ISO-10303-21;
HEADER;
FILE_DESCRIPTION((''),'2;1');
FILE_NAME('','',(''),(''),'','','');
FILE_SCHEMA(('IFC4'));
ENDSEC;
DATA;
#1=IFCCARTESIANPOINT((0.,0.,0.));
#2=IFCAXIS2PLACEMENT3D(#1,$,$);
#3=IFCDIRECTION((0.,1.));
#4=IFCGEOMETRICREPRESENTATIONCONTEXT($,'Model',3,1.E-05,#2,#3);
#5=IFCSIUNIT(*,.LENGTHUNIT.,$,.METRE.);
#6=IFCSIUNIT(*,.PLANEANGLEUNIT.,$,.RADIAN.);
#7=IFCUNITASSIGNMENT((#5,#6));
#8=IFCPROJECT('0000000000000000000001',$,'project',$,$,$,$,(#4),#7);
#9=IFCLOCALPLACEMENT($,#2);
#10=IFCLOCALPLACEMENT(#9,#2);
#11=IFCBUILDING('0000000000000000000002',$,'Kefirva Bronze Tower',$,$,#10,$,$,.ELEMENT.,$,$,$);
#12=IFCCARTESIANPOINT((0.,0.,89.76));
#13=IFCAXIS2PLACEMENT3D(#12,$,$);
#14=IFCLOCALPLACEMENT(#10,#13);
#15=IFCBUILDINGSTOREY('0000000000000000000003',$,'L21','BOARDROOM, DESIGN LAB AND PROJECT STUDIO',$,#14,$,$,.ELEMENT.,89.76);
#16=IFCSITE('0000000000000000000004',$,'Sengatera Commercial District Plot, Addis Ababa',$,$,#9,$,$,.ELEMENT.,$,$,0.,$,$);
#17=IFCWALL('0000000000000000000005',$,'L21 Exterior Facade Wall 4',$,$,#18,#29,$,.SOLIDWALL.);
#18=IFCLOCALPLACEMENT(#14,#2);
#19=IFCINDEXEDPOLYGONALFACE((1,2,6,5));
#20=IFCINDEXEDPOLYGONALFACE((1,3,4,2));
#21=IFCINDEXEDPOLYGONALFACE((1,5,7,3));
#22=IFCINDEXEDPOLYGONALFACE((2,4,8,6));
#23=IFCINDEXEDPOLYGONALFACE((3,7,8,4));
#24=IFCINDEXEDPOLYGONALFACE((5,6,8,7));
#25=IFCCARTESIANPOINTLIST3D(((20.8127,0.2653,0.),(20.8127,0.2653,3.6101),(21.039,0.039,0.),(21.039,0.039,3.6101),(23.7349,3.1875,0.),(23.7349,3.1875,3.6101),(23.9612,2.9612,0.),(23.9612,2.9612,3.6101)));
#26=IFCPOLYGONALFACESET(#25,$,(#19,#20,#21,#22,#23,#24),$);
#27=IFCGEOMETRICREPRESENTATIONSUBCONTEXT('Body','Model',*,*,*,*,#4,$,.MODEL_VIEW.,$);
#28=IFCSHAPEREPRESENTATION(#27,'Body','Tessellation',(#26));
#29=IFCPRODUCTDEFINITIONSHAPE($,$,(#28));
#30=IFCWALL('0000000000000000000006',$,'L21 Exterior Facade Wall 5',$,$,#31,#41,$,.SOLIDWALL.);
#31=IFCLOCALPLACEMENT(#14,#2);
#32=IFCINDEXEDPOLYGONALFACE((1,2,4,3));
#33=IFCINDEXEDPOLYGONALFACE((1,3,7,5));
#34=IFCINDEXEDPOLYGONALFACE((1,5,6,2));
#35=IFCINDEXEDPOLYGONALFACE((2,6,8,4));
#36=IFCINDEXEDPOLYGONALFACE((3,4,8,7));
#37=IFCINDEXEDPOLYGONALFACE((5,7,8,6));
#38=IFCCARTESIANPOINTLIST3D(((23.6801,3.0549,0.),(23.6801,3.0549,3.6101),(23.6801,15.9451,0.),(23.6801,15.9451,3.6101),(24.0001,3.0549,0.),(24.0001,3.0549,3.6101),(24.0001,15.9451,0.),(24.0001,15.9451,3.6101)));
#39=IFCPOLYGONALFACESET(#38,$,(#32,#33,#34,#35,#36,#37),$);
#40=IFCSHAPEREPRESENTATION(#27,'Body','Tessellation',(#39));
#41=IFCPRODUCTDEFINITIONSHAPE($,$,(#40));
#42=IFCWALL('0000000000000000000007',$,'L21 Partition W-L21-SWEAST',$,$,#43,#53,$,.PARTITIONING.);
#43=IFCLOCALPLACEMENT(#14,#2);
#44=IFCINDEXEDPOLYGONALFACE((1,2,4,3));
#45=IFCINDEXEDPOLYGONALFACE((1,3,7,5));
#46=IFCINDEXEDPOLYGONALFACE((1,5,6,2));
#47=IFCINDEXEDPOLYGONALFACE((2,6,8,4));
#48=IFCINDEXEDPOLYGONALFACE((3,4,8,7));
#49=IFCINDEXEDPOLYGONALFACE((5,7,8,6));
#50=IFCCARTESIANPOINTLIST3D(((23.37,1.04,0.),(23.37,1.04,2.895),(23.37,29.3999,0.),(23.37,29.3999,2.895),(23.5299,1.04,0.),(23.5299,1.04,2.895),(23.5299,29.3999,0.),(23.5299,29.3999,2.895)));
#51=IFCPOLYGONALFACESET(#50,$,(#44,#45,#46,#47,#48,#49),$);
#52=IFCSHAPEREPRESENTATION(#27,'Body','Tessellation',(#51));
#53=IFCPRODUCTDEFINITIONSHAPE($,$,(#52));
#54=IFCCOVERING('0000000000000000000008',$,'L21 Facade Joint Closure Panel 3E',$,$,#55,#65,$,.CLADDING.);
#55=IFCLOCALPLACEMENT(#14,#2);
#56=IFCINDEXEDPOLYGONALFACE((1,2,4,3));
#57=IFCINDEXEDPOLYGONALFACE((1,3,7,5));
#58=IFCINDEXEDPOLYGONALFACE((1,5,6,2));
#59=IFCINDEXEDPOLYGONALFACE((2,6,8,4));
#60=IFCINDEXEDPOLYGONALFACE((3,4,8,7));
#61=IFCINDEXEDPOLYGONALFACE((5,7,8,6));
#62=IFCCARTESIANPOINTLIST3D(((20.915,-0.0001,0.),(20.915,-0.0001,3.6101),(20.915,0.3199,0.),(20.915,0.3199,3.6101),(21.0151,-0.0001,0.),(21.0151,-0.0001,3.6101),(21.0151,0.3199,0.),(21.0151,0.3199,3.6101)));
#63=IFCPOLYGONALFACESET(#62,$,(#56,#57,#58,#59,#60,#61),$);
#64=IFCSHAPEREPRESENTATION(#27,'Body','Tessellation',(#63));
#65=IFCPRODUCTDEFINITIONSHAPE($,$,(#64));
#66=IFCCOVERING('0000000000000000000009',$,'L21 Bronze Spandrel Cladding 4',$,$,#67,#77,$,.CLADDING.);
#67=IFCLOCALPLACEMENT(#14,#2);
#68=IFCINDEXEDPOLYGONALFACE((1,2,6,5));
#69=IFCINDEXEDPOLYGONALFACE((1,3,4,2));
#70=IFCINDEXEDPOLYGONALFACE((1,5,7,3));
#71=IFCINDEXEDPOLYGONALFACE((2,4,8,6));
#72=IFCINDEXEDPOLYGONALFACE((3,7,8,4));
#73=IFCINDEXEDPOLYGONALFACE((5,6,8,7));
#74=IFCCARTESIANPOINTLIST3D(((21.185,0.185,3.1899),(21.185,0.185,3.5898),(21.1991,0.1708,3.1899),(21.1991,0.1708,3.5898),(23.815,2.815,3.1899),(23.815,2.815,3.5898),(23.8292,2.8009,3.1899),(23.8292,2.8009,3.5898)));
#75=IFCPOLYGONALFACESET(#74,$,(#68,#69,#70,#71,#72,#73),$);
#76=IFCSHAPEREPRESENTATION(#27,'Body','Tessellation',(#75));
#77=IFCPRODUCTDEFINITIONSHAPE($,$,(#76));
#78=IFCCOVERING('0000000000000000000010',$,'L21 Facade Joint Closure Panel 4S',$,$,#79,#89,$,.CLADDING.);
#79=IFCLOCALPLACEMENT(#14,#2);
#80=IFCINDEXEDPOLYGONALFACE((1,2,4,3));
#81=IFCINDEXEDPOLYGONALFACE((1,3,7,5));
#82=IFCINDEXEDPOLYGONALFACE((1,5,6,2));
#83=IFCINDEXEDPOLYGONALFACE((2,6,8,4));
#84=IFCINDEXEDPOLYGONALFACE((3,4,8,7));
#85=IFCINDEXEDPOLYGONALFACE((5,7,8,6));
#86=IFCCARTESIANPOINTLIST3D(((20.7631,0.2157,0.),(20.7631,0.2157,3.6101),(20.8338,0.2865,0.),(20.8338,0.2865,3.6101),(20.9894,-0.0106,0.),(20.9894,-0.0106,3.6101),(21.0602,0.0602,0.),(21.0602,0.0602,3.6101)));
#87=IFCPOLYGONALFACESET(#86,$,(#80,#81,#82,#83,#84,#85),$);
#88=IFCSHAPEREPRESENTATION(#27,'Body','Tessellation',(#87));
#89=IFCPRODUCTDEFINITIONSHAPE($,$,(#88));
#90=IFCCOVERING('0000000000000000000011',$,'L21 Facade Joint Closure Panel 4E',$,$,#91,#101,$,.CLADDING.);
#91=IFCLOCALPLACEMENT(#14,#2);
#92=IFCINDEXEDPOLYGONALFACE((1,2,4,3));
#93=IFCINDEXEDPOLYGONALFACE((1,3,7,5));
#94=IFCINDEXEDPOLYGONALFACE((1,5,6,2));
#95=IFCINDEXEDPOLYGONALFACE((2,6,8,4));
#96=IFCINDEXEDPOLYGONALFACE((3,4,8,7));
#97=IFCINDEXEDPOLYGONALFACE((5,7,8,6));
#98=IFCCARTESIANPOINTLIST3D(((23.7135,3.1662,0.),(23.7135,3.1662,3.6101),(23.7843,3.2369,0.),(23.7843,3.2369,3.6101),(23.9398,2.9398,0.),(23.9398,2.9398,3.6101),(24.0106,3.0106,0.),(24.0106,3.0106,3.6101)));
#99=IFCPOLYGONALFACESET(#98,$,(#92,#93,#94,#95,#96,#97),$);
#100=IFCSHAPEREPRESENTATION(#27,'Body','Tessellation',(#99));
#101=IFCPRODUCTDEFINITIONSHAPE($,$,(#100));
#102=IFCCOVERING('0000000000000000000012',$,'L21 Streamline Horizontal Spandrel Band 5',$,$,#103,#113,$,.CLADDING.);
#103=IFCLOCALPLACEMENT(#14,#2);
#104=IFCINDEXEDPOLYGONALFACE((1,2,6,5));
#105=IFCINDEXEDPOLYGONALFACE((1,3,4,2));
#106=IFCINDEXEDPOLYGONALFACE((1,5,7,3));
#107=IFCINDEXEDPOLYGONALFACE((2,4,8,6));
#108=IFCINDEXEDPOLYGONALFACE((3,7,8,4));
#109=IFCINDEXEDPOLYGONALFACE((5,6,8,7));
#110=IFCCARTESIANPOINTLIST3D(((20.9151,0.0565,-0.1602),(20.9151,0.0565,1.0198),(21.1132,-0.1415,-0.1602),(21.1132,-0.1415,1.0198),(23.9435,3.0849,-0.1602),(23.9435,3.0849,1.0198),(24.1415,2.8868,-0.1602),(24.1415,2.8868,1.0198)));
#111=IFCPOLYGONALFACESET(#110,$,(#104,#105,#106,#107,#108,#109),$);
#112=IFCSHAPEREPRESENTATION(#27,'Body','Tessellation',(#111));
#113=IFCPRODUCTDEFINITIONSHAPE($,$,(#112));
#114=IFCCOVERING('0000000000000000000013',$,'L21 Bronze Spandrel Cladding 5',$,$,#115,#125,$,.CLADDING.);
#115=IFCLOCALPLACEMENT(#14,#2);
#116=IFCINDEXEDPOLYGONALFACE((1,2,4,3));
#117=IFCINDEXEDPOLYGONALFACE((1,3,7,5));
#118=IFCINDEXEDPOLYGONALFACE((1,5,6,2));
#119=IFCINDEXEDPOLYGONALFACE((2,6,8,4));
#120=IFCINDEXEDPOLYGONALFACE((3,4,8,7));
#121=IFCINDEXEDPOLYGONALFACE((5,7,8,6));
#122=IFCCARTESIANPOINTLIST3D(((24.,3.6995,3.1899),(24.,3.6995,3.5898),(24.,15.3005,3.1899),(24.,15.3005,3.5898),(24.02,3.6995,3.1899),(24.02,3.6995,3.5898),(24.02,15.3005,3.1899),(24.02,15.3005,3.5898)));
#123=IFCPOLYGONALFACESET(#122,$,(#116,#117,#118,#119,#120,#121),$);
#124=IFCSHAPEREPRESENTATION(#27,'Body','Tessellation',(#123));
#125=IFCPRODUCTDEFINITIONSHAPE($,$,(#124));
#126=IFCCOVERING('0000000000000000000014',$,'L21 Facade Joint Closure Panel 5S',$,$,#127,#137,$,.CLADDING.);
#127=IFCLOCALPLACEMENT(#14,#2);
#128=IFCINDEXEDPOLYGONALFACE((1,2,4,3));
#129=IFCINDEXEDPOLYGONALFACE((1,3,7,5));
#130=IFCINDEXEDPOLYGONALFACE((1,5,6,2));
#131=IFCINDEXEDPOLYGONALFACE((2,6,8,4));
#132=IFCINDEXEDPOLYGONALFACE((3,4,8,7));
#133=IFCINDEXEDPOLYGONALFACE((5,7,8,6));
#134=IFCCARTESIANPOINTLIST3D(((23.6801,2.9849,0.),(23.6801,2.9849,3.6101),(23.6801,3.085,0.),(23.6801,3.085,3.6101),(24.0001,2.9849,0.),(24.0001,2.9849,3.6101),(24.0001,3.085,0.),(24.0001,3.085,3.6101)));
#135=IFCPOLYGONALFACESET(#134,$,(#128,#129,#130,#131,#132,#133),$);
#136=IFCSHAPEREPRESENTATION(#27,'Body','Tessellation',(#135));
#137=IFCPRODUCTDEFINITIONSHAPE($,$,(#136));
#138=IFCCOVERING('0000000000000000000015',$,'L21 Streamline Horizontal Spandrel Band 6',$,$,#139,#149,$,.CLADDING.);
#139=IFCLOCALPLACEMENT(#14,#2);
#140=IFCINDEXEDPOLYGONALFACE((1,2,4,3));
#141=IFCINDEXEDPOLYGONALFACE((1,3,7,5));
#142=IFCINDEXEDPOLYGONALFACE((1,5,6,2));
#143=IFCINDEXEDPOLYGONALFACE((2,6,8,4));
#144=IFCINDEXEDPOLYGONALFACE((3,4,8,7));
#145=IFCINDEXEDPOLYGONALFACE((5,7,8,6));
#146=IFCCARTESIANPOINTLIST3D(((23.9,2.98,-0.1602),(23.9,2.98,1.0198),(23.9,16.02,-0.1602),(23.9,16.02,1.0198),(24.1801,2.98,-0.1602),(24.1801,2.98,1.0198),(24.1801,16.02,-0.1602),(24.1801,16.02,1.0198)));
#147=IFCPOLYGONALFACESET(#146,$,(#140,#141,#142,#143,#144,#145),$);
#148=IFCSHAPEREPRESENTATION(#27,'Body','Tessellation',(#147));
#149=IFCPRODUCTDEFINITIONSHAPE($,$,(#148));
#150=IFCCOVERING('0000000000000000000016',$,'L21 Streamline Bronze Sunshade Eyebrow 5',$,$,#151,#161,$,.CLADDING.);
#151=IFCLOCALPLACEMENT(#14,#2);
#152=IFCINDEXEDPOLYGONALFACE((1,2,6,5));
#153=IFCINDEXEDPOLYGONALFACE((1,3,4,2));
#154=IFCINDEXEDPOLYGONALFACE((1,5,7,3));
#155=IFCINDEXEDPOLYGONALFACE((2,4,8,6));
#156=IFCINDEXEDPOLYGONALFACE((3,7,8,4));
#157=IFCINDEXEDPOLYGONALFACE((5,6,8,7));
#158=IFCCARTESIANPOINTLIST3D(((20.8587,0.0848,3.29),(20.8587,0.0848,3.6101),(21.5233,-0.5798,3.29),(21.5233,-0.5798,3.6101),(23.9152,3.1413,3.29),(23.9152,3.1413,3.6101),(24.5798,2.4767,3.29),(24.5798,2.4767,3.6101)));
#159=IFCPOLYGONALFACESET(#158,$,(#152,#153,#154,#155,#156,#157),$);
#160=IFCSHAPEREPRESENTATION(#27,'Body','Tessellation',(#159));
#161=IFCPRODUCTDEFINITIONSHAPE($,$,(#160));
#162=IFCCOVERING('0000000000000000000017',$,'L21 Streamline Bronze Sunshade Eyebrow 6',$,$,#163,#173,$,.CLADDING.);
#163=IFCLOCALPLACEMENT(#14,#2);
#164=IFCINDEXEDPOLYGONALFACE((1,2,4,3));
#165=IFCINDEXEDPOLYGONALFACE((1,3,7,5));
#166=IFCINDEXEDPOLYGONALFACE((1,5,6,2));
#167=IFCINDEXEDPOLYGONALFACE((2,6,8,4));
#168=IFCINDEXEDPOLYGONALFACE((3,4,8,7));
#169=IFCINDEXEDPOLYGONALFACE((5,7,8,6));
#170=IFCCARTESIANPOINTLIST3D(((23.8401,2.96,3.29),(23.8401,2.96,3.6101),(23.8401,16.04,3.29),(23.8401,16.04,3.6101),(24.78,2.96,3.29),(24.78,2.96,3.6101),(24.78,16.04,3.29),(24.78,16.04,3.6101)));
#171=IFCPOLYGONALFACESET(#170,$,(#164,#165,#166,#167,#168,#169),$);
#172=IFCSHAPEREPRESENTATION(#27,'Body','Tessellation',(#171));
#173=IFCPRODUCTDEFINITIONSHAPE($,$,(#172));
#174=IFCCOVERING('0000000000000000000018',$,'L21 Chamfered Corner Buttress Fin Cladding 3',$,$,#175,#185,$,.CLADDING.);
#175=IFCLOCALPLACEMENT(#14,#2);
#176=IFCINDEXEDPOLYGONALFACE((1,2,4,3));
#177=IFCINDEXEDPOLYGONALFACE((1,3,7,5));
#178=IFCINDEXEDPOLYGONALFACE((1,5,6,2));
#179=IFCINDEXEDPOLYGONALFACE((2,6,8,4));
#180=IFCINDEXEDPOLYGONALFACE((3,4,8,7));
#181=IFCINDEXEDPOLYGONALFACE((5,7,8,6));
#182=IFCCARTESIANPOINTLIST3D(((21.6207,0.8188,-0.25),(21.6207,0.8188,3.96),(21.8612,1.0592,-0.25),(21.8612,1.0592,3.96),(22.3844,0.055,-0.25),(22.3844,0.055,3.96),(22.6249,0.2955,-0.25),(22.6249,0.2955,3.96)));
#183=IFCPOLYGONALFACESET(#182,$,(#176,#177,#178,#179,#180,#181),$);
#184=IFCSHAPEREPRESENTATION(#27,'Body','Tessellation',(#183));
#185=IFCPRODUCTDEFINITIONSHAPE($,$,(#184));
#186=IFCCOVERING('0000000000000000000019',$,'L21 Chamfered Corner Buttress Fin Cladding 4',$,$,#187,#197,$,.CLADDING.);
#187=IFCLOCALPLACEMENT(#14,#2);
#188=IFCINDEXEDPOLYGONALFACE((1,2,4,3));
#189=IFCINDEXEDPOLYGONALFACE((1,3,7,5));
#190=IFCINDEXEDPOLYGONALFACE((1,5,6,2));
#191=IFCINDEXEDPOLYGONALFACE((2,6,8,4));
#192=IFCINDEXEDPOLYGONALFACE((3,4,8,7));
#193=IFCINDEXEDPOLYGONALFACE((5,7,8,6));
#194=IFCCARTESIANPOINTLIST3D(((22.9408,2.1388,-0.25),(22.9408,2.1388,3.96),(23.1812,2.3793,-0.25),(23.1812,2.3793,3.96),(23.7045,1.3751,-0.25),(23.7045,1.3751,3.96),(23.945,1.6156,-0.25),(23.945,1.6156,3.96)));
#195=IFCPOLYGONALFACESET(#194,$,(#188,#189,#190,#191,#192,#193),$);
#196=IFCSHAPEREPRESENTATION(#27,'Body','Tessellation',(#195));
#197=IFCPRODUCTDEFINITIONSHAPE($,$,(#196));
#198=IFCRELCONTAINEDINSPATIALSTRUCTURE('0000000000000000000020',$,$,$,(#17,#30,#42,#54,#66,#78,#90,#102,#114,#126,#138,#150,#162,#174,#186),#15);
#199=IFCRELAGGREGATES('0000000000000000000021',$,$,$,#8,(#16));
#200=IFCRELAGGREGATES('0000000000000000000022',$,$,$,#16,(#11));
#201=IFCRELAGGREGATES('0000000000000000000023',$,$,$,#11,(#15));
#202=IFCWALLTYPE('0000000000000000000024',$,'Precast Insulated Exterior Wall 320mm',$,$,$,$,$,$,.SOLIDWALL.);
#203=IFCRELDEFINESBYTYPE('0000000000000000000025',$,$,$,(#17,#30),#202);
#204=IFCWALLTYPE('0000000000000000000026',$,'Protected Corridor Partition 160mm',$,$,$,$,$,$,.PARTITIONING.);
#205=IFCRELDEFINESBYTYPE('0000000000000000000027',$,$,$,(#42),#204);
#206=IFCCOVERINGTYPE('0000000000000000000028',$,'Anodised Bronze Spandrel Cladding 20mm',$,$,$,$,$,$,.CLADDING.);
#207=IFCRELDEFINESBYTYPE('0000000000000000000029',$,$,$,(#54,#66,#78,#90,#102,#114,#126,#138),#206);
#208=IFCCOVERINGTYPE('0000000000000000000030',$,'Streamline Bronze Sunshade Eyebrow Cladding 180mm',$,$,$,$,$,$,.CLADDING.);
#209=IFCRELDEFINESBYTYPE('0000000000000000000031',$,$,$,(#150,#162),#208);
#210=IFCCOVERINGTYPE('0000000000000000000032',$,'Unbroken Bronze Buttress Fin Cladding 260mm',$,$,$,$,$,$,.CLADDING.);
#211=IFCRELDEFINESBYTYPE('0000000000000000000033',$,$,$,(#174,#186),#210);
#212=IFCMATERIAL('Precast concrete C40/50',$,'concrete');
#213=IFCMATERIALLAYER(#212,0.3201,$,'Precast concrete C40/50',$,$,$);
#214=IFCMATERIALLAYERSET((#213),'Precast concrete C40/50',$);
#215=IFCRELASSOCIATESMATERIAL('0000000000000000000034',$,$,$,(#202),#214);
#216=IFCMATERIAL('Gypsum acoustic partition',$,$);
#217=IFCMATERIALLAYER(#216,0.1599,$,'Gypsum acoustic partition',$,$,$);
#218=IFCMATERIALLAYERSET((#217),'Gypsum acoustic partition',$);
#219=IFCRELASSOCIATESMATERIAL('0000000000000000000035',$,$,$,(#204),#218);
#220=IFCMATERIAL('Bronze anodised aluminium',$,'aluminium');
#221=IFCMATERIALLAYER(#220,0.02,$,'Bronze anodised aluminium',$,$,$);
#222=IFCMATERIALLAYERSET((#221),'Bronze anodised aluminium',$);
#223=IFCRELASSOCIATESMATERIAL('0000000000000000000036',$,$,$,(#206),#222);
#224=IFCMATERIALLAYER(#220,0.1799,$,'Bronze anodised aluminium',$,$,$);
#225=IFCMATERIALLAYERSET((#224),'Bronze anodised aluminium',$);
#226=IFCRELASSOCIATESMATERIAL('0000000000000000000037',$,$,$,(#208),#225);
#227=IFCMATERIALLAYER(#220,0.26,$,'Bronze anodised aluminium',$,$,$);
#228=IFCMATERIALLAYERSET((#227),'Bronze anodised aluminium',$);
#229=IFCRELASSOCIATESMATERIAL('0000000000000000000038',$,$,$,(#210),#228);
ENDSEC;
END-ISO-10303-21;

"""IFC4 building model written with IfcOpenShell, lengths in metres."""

from ifc_helpers import new_model, si_unit, direction, frame, frame_2d, origin, origin_2d, place, context, subcontext, project, spatial, rectangle, extrude, material, layer, layer_set, type_object, element, save


model = new_model("IFC4")

# Units and contexts
model_context = context("Model", 3, precision=1e-05, world=origin(), true_north=direction((0.0, 1.0)))
body_context = subcontext(model_context, "Body", "Model", "MODEL_VIEW")
ifc_project = project(units=[si_unit("LENGTHUNIT", "METRE"), si_unit("PLANEANGLEUNIT", "RADIAN")], contexts=[model_context])

# Site, building, storey
site_placement = place(None, origin())
site = spatial("IfcSite", under=ifc_project, at=site_placement, Name="Sengatera Commercial District Plot, Addis Ababa", CompositionType="ELEMENT", RefElevation=0.0)
building_placement = place(site_placement, origin())
building = spatial("IfcBuilding", under=site, at=building_placement, Name="Kefirva Bronze Tower", CompositionType="ELEMENT")
storey_placement = place(building_placement, frame((0.0, 0.0, 89.76)))
storey = spatial("IfcBuildingStorey", under=building, at=storey_placement, Name="L21", Description="BOARDROOM, DESIGN LAB AND PROJECT STUDIO", CompositionType="ELEMENT", Elevation=89.76)

# Walls
ifc_material_1 = material(Name="Precast concrete C40/50", Category="concrete")
ifc_layer_1 = layer(ifc_material_1, 0.3201, Name="Precast concrete C40/50")
ifc_layer_set_1 = layer_set([ifc_layer_1], Name="Precast concrete C40/50")
wall_type_1 = type_object("IfcWallType", Name="Precast Insulated Exterior Wall 320mm", PredefinedType="SOLIDWALL", material=ifc_layer_set_1)
wall_1_placement = place(storey_placement, frame((20.9258, 0.1521, 0.0), z_axis=(0.0, 0.0, 1.0), x_axis=(0.707107, 0.707107, 0.0)))
element("IfcWall", 1, at=wall_1_placement, inside=storey, type_object=wall_type_1, Name="L21 Exterior Facade Wall 4", PredefinedType="SOLIDWALL", context=body_context, shape_type="SweptSolid", body=[
    extrude(rectangle(XDim=4.1326, YDim=0.3201, at=frame_2d((2.0664, 0.0))), origin(), (0.0, 0.0, 1.0), 3.6101),
])
wall_2_placement = place(storey_placement, frame((23.8401, 3.0549, 0.0), z_axis=(0.0, 0.0, 1.0), x_axis=(0.0, 1.0, 0.0)))
element("IfcWall", 2, at=wall_2_placement, inside=storey, type_object=wall_type_1, Name="L21 Exterior Facade Wall 5", PredefinedType="SOLIDWALL", context=body_context, shape_type="SweptSolid", body=[
    extrude(rectangle(XDim=12.8901, YDim=0.3201, at=frame_2d((6.4451, 0.0))), origin(), (0.0, 0.0, 1.0), 3.6101),
])
ifc_material_2 = material(Name="Gypsum acoustic partition")
ifc_layer_2 = layer(ifc_material_2, 0.1599, Name="Gypsum acoustic partition")
ifc_layer_set_2 = layer_set([ifc_layer_2], Name="Gypsum acoustic partition")
wall_type_2 = type_object("IfcWallType", Name="Protected Corridor Partition 160mm", PredefinedType="PARTITIONING", material=ifc_layer_set_2)
wall_3_placement = place(storey_placement, frame((23.45, 1.04, 0.0), z_axis=(0.0, 0.0, 1.0), x_axis=(0.0, 1.0, 0.0)))
element("IfcWall", 3, at=wall_3_placement, inside=storey, type_object=wall_type_2, Name="L21 Partition W-L21-SWEAST", PredefinedType="PARTITIONING", context=body_context, shape_type="SweptSolid", body=[
    extrude(rectangle(XDim=28.3599, YDim=0.1599, at=frame_2d((14.1799, 0.0))), origin(), (0.0, 0.0, 1.0), 2.895),
])

# Coverings
ifc_material_3 = material(Name="Bronze anodised aluminium", Category="aluminium")
ifc_layer_3 = layer(ifc_material_3, 0.02, Name="Bronze anodised aluminium")
ifc_layer_set_3 = layer_set([ifc_layer_3], Name="Bronze anodised aluminium")
covering_type_1 = type_object("IfcCoveringType", Name="Anodised Bronze Spandrel Cladding 20mm", PredefinedType="CLADDING", material=ifc_layer_set_3)
covering_1_placement = place(storey_placement, frame((20.9651, 0.1599, 0.0), z_axis=(0.0, 0.0, 1.0), x_axis=(1.0, 0.0, 0.0)))
element("IfcCovering", 4, at=covering_1_placement, inside=storey, type_object=covering_type_1, Name="L21 Facade Joint Closure Panel 3E", PredefinedType="CLADDING", context=body_context, shape_type="SweptSolid", body=[
    extrude(rectangle(XDim=0.1001, YDim=0.3201, at=origin_2d()), origin(), (0.0, 0.0, 1.0), 3.6101),
])
covering_2_placement = place(storey_placement, frame((22.5071, 1.4929, 3.1899), z_axis=(0.0, 0.0, 1.0), x_axis=(0.707107, 0.707107, 0.0)))
element("IfcCovering", 5, at=covering_2_placement, inside=storey, type_object=covering_type_1, Name="L21 Bronze Spandrel Cladding 4", PredefinedType="CLADDING", context=body_context, shape_type="SweptSolid", body=[
    extrude(rectangle(XDim=3.7195, YDim=0.02, at=origin_2d()), origin(), (0.0, 0.0, 1.0), 0.3999),
])
for number, where, z_axis, x_axis, name in (
    (6, (20.9116, 0.1379, 0.0), (0.0, 0.0, 1.0), (0.707107, 0.707107, 0.0), "L21 Facade Joint Closure Panel 4S"),
    (7, (23.8621, 3.0884, 0.0), (0.0, 0.0, 1.0), (0.707107, 0.707107, 0.0), "L21 Facade Joint Closure Panel 4E"),
):
    element("IfcCovering", number, at=place(storey_placement, frame(where, z_axis=z_axis, x_axis=x_axis)), inside=storey, type_object=covering_type_1, Name=name, PredefinedType="CLADDING", context=body_context, shape_type="SweptSolid", body=[
        extrude(rectangle(XDim=0.1001, YDim=0.3201, at=origin_2d()), origin(), (0.0, 0.0, 1.0), 3.6101),
    ])
covering_3_placement = place(storey_placement, frame((22.5283, 1.4717, -0.1602), z_axis=(0.0, 0.0, 1.0), x_axis=(0.707107, 0.707107, 0.0)))
element("IfcCovering", 8, at=covering_3_placement, inside=storey, type_object=covering_type_1, Name="L21 Streamline Horizontal Spandrel Band 5", PredefinedType="CLADDING", context=body_context, shape_type="SweptSolid", body=[
    extrude(rectangle(XDim=4.2827, YDim=0.28, at=origin_2d()), origin(), (0.0, 0.0, 1.0), 1.1799),
])
covering_4_placement = place(storey_placement, frame((24.01, 9.5, 3.1899), z_axis=(0.0, 0.0, 1.0), x_axis=(0.0, 1.0, 0.0)))
element("IfcCovering", 9, at=covering_4_placement, inside=storey, type_object=covering_type_1, Name="L21 Bronze Spandrel Cladding 5", PredefinedType="CLADDING", context=body_context, shape_type="SweptSolid", body=[
    extrude(rectangle(XDim=11.6011, YDim=0.02, at=origin_2d()), origin(), (0.0, 0.0, 1.0), 0.3999),
])
covering_5_placement = place(storey_placement, frame((23.8401, 3.0349, 0.0), z_axis=(0.0, 0.0, 1.0), x_axis=(0.0, 1.0, 0.0)))
element("IfcCovering", 10, at=covering_5_placement, inside=storey, type_object=covering_type_1, Name="L21 Facade Joint Closure Panel 5S", PredefinedType="CLADDING", context=body_context, shape_type="SweptSolid", body=[
    extrude(rectangle(XDim=0.1001, YDim=0.3201, at=origin_2d()), origin(), (0.0, 0.0, 1.0), 3.6101),
])
covering_6_placement = place(storey_placement, frame((24.04, 9.5, -0.1602), z_axis=(0.0, 0.0, 1.0), x_axis=(0.0, 1.0, 0.0)))
element("IfcCovering", 11, at=covering_6_placement, inside=storey, type_object=covering_type_1, Name="L21 Streamline Horizontal Spandrel Band 6", PredefinedType="CLADDING", context=body_context, shape_type="SweptSolid", body=[
    extrude(rectangle(XDim=13.04, YDim=0.28, at=origin_2d()), origin(), (0.0, 0.0, 1.0), 1.1799),
])
ifc_layer_4 = layer(ifc_material_3, 0.1799, Name="Bronze anodised aluminium")
ifc_layer_set_4 = layer_set([ifc_layer_4], Name="Bronze anodised aluminium")
covering_type_2 = type_object("IfcCoveringType", Name="Streamline Bronze Sunshade Eyebrow Cladding 180mm", PredefinedType="CLADDING", material=ifc_layer_set_4)
covering_7_placement = place(storey_placement, frame((22.7192, 1.2808, 3.29), z_axis=(0.0, 0.0, 1.0), x_axis=(0.707107, 0.707107, 0.0)))
element("IfcCovering", 12, at=covering_7_placement, inside=storey, type_object=covering_type_2, Name="L21 Streamline Bronze Sunshade Eyebrow 5", PredefinedType="CLADDING", context=body_context, shape_type="SweptSolid", body=[
    extrude(rectangle(XDim=4.3225, YDim=0.9399, at=origin_2d()), origin(), (0.0, 0.0, 1.0), 0.3201),
])
covering_8_placement = place(storey_placement, frame((24.3101, 9.5, 3.29), z_axis=(0.0, 0.0, 1.0), x_axis=(0.0, 1.0, 0.0)))
element("IfcCovering", 13, at=covering_8_placement, inside=storey, type_object=covering_type_2, Name="L21 Streamline Bronze Sunshade Eyebrow 6", PredefinedType="CLADDING", context=body_context, shape_type="SweptSolid", body=[
    extrude(rectangle(XDim=13.0801, YDim=0.9399, at=origin_2d()), origin(), (0.0, 0.0, 1.0), 0.3201),
])
ifc_layer_5 = layer(ifc_material_3, 0.26, Name="Bronze anodised aluminium")
ifc_layer_set_5 = layer_set([ifc_layer_5], Name="Bronze anodised aluminium")
covering_type_3 = type_object("IfcCoveringType", Name="Unbroken Bronze Buttress Fin Cladding 260mm", PredefinedType="CLADDING", material=ifc_layer_set_5)
for number, where, z_axis, x_axis, name in (
    (14, (22.1228, 0.5571, -0.25), (0.0, 0.0, 1.0), (0.707107, 0.707107, 0.0), "L21 Chamfered Corner Buttress Fin Cladding 3"),
    (15, (23.4429, 1.8772, -0.25), (0.0, 0.0, 1.0), (0.707107, 0.707107, 0.0), "L21 Chamfered Corner Buttress Fin Cladding 4"),
):
    element("IfcCovering", number, at=place(storey_placement, frame(where, z_axis=z_axis, x_axis=x_axis)), inside=storey, type_object=covering_type_3, Name=name, PredefinedType="CLADDING", context=body_context, shape_type="SweptSolid", body=[
        extrude(rectangle(XDim=0.3401, YDim=1.0801, at=origin_2d()), origin(), (0.0, 0.0, 1.0), 4.21),
    ])

save(model, "model.ifc")
